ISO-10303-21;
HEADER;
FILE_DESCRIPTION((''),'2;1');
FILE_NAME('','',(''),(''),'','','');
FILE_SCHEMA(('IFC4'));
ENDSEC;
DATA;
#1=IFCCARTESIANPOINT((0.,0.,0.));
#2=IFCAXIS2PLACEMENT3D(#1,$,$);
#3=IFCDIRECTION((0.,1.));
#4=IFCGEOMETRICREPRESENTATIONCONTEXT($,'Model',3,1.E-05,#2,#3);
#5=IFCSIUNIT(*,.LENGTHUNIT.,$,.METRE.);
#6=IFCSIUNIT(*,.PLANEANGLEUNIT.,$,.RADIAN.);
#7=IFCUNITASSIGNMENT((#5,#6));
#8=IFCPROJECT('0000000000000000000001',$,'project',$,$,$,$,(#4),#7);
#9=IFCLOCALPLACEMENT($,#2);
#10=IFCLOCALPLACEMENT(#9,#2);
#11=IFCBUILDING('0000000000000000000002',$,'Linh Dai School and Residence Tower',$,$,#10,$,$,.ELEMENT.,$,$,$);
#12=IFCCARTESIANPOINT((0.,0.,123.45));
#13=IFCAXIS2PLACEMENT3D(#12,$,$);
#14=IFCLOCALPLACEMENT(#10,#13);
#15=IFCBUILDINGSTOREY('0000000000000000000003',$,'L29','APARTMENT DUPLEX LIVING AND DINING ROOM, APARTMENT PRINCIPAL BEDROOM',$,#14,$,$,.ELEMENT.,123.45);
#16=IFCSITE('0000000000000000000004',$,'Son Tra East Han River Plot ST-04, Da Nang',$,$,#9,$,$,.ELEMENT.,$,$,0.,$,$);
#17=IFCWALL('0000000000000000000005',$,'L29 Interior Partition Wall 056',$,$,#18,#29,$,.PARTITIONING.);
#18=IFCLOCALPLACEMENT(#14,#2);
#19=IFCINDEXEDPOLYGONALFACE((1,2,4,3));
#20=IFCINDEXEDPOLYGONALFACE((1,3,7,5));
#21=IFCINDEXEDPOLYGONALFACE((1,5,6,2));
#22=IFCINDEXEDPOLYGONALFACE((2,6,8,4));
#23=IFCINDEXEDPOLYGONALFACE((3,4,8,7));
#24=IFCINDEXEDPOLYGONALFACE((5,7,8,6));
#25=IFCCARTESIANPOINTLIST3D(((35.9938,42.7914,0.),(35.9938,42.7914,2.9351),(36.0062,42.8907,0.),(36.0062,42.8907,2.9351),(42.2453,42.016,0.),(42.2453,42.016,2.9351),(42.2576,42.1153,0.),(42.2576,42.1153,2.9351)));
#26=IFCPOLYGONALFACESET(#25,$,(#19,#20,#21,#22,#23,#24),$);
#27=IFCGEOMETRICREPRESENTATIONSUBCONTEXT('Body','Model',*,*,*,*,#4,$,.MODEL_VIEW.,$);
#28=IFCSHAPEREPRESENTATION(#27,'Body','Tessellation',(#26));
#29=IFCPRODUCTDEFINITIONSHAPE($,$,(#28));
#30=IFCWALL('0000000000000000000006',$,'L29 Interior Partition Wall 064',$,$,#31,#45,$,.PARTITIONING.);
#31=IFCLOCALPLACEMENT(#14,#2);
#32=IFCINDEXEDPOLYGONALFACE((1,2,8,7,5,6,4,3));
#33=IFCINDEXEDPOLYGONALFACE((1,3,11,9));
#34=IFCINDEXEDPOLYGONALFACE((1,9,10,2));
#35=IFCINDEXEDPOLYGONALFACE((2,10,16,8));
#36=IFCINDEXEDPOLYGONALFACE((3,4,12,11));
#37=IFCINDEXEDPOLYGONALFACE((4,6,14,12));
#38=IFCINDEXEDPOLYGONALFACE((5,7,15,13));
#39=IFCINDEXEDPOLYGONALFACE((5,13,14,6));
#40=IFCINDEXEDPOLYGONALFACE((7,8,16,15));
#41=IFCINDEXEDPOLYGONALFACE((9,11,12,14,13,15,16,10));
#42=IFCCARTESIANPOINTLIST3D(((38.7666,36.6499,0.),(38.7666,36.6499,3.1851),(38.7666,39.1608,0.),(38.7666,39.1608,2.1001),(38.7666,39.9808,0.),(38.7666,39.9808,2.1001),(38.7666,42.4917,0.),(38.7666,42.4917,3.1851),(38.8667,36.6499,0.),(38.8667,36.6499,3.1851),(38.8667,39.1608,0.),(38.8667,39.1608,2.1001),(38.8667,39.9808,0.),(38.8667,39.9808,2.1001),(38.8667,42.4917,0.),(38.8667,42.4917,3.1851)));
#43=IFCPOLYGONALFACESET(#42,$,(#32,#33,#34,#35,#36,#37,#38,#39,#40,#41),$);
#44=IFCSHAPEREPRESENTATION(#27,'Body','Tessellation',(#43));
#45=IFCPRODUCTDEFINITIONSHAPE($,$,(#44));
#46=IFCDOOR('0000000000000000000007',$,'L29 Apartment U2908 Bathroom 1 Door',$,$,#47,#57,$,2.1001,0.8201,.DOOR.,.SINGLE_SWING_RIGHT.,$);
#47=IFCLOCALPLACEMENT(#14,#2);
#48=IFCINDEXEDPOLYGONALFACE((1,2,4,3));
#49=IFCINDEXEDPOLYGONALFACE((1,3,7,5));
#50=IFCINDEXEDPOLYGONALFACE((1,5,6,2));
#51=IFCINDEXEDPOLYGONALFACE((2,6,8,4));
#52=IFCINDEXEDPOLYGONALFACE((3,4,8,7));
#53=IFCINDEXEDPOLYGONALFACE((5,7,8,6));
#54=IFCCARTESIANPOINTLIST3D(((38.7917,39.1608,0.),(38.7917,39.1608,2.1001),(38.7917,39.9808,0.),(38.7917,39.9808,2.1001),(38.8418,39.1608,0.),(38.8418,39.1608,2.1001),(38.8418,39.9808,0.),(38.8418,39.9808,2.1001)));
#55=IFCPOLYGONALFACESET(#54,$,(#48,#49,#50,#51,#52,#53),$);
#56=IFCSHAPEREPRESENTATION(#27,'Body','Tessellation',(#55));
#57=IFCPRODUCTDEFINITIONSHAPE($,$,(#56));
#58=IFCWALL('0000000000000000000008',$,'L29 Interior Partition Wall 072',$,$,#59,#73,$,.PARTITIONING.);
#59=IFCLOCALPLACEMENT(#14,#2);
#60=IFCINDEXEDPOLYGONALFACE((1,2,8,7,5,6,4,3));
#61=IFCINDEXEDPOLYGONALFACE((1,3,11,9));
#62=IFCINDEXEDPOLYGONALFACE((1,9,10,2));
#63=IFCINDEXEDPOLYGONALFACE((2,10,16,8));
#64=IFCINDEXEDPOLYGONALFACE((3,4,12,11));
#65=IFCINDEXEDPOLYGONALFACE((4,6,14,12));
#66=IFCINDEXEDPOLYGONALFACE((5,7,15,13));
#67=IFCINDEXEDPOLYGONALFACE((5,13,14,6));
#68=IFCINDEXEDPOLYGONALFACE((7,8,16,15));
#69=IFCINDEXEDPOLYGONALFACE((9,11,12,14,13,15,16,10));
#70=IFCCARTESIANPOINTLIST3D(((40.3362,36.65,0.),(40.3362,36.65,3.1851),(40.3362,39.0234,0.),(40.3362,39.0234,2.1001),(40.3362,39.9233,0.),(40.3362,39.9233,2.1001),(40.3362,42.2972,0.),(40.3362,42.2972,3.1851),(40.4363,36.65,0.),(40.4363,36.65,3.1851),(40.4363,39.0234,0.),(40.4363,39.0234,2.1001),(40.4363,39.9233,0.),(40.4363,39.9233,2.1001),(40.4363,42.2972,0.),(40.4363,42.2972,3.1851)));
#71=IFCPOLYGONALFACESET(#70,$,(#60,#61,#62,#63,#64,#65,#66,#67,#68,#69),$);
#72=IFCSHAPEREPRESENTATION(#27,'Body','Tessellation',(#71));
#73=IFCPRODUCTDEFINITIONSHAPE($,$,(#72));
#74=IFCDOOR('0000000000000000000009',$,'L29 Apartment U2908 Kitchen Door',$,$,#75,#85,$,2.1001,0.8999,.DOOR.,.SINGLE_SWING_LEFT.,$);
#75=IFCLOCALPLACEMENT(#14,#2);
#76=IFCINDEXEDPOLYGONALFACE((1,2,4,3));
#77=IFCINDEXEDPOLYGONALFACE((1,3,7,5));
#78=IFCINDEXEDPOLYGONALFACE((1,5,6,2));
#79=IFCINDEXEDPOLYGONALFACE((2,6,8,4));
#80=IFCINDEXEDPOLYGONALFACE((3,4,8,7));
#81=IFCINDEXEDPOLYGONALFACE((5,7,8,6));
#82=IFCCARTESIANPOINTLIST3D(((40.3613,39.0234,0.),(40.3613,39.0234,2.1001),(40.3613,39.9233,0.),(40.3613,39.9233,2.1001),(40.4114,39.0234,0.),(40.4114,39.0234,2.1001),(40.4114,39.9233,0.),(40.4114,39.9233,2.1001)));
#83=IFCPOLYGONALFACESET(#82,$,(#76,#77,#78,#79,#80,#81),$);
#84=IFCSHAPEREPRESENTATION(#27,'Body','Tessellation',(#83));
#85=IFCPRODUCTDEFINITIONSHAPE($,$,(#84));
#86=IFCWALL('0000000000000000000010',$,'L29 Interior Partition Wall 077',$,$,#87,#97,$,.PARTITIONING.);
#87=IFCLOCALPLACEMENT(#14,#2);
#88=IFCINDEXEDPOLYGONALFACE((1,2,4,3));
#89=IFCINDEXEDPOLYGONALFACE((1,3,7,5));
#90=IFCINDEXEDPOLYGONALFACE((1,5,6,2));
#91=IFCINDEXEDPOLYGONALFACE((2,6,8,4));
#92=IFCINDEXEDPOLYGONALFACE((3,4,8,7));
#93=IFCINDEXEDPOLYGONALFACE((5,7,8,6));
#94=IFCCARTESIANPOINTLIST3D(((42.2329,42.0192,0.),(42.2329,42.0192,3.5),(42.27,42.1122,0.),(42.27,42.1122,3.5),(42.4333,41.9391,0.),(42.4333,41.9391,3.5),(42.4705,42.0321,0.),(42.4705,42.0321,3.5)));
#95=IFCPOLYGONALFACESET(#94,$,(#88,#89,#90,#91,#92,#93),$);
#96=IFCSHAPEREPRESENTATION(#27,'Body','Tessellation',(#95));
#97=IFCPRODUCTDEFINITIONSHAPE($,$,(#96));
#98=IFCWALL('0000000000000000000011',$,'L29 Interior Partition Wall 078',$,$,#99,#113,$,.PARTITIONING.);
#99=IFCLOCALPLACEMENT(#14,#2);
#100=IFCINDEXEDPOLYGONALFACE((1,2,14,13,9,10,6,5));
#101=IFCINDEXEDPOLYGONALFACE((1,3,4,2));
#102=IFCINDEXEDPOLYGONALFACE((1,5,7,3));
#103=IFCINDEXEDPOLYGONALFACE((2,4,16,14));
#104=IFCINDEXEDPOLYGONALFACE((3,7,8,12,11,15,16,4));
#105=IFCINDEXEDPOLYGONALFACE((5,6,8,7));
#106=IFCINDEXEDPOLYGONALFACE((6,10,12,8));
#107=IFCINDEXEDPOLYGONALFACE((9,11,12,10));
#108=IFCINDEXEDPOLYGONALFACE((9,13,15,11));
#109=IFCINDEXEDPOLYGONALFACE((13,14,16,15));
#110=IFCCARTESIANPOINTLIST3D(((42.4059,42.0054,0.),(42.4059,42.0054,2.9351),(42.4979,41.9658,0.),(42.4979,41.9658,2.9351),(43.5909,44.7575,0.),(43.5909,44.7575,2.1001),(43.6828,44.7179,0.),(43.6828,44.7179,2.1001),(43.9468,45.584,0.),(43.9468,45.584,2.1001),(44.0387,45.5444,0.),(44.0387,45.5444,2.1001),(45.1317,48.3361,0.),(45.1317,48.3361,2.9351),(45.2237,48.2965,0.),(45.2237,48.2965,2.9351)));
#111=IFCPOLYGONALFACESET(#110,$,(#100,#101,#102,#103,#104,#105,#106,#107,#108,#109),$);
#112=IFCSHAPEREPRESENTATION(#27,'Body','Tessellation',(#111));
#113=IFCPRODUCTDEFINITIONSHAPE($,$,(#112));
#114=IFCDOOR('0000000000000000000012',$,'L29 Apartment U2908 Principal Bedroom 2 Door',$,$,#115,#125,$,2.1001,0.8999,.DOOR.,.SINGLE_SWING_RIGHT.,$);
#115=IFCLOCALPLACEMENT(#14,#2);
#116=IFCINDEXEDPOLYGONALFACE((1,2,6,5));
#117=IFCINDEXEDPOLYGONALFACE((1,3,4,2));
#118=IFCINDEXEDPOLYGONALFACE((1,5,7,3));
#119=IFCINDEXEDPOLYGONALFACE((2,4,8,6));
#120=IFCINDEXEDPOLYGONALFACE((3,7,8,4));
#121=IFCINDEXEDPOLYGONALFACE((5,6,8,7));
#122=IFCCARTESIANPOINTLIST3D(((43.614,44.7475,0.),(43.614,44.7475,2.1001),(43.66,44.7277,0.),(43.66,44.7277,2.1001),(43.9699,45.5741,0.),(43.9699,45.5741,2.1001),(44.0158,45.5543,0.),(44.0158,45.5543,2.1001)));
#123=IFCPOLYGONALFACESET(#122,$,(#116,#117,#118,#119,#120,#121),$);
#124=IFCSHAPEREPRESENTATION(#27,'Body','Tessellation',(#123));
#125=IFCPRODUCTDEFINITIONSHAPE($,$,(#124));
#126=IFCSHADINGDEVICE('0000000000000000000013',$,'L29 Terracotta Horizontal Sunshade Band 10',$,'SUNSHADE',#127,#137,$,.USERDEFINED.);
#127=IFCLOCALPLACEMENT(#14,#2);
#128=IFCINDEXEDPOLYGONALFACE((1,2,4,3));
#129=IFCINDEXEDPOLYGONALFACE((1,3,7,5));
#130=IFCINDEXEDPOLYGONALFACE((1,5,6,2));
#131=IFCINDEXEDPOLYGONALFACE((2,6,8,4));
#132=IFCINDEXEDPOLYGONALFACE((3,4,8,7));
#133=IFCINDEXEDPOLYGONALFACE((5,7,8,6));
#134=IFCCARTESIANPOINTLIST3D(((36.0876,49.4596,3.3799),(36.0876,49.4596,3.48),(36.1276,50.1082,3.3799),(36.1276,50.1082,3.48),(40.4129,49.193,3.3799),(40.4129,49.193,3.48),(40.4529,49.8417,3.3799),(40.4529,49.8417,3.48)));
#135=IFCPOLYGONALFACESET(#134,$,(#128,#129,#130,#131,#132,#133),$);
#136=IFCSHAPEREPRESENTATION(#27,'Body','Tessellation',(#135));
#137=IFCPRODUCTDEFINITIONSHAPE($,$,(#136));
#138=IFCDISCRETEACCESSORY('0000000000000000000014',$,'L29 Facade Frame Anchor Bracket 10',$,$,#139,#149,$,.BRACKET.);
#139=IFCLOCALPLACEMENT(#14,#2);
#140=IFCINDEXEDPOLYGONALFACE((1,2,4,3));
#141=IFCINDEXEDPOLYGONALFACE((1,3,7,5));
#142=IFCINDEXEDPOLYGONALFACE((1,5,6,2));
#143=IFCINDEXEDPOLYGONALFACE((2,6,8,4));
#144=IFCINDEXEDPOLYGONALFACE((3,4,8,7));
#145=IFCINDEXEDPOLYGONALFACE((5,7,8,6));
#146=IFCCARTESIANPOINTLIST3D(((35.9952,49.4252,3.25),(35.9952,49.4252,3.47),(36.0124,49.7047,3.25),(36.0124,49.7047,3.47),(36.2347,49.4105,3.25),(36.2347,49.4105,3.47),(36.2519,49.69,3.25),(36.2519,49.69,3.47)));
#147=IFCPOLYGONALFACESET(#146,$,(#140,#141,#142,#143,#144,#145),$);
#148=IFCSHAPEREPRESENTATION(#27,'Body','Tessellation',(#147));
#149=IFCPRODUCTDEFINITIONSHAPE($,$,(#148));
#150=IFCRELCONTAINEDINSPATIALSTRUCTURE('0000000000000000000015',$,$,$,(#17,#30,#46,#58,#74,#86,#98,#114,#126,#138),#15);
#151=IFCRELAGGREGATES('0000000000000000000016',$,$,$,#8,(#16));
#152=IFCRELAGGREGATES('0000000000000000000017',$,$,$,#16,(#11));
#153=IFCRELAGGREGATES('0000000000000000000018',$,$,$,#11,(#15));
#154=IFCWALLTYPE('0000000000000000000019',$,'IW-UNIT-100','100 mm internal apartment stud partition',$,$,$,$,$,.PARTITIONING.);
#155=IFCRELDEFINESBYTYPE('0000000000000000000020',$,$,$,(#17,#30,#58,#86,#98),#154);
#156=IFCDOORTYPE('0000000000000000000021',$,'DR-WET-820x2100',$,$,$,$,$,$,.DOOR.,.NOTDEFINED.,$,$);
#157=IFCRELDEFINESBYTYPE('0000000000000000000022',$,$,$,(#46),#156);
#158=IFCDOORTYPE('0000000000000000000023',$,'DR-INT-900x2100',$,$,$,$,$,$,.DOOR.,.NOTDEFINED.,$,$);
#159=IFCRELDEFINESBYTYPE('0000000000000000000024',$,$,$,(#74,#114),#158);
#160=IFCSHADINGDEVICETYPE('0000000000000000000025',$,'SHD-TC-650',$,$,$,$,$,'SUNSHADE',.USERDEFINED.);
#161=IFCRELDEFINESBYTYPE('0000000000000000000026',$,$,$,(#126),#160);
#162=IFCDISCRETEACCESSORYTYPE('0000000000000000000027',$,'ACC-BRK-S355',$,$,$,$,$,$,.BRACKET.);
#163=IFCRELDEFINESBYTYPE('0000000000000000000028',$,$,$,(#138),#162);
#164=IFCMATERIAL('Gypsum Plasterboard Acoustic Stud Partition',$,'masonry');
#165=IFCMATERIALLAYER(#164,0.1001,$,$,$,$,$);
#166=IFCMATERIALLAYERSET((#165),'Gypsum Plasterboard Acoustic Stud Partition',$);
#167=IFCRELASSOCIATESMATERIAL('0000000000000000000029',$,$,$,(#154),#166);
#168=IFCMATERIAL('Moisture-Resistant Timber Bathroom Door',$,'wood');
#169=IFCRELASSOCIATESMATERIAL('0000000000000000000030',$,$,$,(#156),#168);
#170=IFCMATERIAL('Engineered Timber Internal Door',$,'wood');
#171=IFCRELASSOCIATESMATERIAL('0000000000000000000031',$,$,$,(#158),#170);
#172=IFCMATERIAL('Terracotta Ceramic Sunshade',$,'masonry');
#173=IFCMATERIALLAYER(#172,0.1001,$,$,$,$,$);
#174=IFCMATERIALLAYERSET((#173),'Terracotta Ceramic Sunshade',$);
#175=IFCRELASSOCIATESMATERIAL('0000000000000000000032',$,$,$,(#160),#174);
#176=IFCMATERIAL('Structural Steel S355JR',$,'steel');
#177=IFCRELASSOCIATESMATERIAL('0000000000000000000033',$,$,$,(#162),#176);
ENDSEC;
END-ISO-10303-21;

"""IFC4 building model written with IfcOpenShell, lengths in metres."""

from ifc_helpers import new_model, si_unit, direction, frame, frame_2d, origin, origin_2d, place, context, subcontext, project, spatial, rectangle, extrude, source, transform, mapped, material, layer, layer_set, type_object, element, fill, save


model = new_model("IFC4")

# Units and contexts
model_context = context("Model", 3, precision=1e-05, world=origin(), true_north=direction((0.0, 1.0)))
body_context = subcontext(model_context, "Body", "Model", "MODEL_VIEW")
ifc_project = project(units=[si_unit("LENGTHUNIT", "METRE"), si_unit("PLANEANGLEUNIT", "RADIAN")], contexts=[model_context])

# Site, building, storey
site_placement = place(None, origin())
site = spatial("IfcSite", under=ifc_project, at=site_placement, Name="Son Tra East Han River Plot ST-04, Da Nang", CompositionType="ELEMENT", RefElevation=0.0)
building_placement = place(site_placement, origin())
building = spatial("IfcBuilding", under=site, at=building_placement, Name="Linh Dai School and Residence Tower", CompositionType="ELEMENT")
storey_placement = place(building_placement, frame((0.0, 0.0, 123.45)))
storey = spatial("IfcBuildingStorey", under=building, at=storey_placement, Name="L29", Description="APARTMENT DUPLEX LIVING AND DINING ROOM, APARTMENT PRINCIPAL BEDROOM", CompositionType="ELEMENT", Elevation=123.45)

# Shared definitions
ifc_material_1 = material(Name="Structural Steel S355JR", Category="steel")

# Wall
ifc_material_2 = material(Name="Gypsum Plasterboard Acoustic Stud Partition", Category="masonry")
ifc_layer_1 = layer(ifc_material_2, 0.1001)
ifc_layer_set_1 = layer_set([ifc_layer_1], Name="Gypsum Plasterboard Acoustic Stud Partition")
wall_type_1 = type_object("IfcWallType", Name="IW-UNIT-100", Description="100 mm internal apartment stud partition", PredefinedType="PARTITIONING", material=ifc_layer_set_1)
wall_1_placement = place(storey_placement, frame((36.0, 42.8411, 0.0), z_axis=(0.0, 0.0, 1.0), x_axis=(0.992395, -0.12309, 0.0)))
element("IfcWall", 1, at=wall_1_placement, inside=storey, type_object=wall_type_1, Name="L29 Interior Partition Wall 056", PredefinedType="PARTITIONING", context=body_context, shape_type="SweptSolid", body=[
    extrude(rectangle(XDim=6.2993, YDim=0.1001, at=frame_2d((3.1497, 0.0))), origin(), (0.0, 0.0, 1.0), 2.9351),
])

# Walls, openings, doors
wall_2_placement = place(storey_placement, frame((38.8167, 36.6499, 0.0), z_axis=(0.0, 0.0, 1.0), x_axis=(0.0, 1.0, 0.0)))
wall_2 = element("IfcWall", 2, at=wall_2_placement, inside=storey, type_object=wall_type_1, Name="L29 Interior Partition Wall 064", PredefinedType="PARTITIONING", context=body_context, shape_type="SweptSolid", body=[
    extrude(rectangle(XDim=5.8418, YDim=0.1001, at=frame_2d((2.9209, 0.0))), origin(), (0.0, 0.0, 1.0), 3.1851),
])
opening_1_placement = place(wall_2_placement, frame((2.5107, 0.0, 0.0)))
opening_1 = element("IfcOpeningElement", 3, at=opening_1_placement, cuts=wall_2, PredefinedType="OPENING", context=body_context, shape_type="SweptSolid", body=[
    extrude(rectangle(XDim=0.8201, YDim=2.1001, at=origin_2d()), frame((0.4102, 0.0601, 1.05), z_axis=(0.0, -1.0, 0.0), x_axis=(1.0, 0.0, 0.0)), (0.0, 0.0, 1.0), 0.1201),
])
ifc_material_3 = material(Name="Moisture-Resistant Timber Bathroom Door", Category="wood")
door_type_1 = type_object("IfcDoorType", Name="DR-WET-820x2100", OperationType="NOTDEFINED", PredefinedType="DOOR", material=ifc_material_3)
shared_shape_1 = source(origin(), body_context, "Body", "SweptSolid", [
    extrude(rectangle(XDim=0.8201, YDim=2.1001, at=origin_2d()), frame((0.4102, 0.0249, 1.05), z_axis=(0.0, -1.0, 0.0), x_axis=(1.0, 0.0, 0.0)), (0.0, 0.0, 1.0), 0.05),
])
door_1_placement = place(opening_1_placement, origin())
door_1 = element("IfcDoor", 4, at=door_1_placement, inside=storey, type_object=door_type_1, Name="L29 Apartment U2908 Bathroom 1 Door", OperationType="SINGLE_SWING_RIGHT", OverallHeight=2.1001, OverallWidth=0.8201, PredefinedType="DOOR", context=body_context, shape_type="MappedRepresentation", body=[
    mapped(shared_shape_1, transform((0.0, 0.0, 0.0), x_axis=(1.0, 0.0, 0.0), y_axis=(0.0, 1.0, 0.0), z_axis=(0.0, 0.0, 1.0), scale=1.0)),
])
fill(opening_1, door_1)
wall_3_placement = place(storey_placement, frame((40.3862, 36.6499, 0.0), z_axis=(0.0, 0.0, 1.0), x_axis=(0.0, 1.0, 0.0)))
wall_3 = element("IfcWall", 5, at=wall_3_placement, inside=storey, type_object=wall_type_1, Name="L29 Interior Partition Wall 072", PredefinedType="PARTITIONING", context=body_context, shape_type="SweptSolid", body=[
    extrude(rectangle(XDim=5.6472, YDim=0.1001, at=frame_2d((2.8237, 0.0))), origin(), (0.0, 0.0, 1.0), 3.1851),
])
opening_2_placement = place(wall_3_placement, frame((2.3735, 0.0, 0.0)))
opening_2 = element("IfcOpeningElement", 6, at=opening_2_placement, cuts=wall_3, PredefinedType="OPENING", context=body_context, shape_type="SweptSolid", body=[
    extrude(rectangle(XDim=0.8999, YDim=2.1001, at=origin_2d()), frame((0.45, 0.0601, 1.05), z_axis=(0.0, -1.0, 0.0), x_axis=(1.0, 0.0, 0.0)), (0.0, 0.0, 1.0), 0.1201),
])
ifc_material_4 = material(Name="Engineered Timber Internal Door", Category="wood")
door_type_2 = type_object("IfcDoorType", Name="DR-INT-900x2100", OperationType="NOTDEFINED", PredefinedType="DOOR", material=ifc_material_4)
shared_shape_2 = source(origin(), body_context, "Body", "SweptSolid", [
    extrude(rectangle(XDim=0.8999, YDim=2.1001, at=origin_2d()), frame((0.45, 0.0249, 1.05), z_axis=(0.0, -1.0, 0.0), x_axis=(1.0, 0.0, 0.0)), (0.0, 0.0, 1.0), 0.05),
])
door_2_placement = place(opening_2_placement, origin())
door_2 = element("IfcDoor", 7, at=door_2_placement, inside=storey, type_object=door_type_2, Name="L29 Apartment U2908 Kitchen Door", OperationType="SINGLE_SWING_LEFT", OverallHeight=2.1001, OverallWidth=0.8999, PredefinedType="DOOR", context=body_context, shape_type="MappedRepresentation", body=[
    mapped(shared_shape_2, transform((0.0, 0.0, 0.0), x_axis=(1.0, 0.0, 0.0), y_axis=(0.0, 1.0, 0.0), z_axis=(0.0, 0.0, 1.0), scale=1.0)),
])
fill(opening_2, door_2)

# Wall
wall_4_placement = place(storey_placement, frame((42.2515, 42.0657, 0.0), z_axis=(0.0, 0.0, 1.0), x_axis=(0.928633, -0.371001, 0.0)))
element("IfcWall", 8, at=wall_4_placement, inside=storey, type_object=wall_type_1, Name="L29 Interior Partition Wall 077", PredefinedType="PARTITIONING", context=body_context, shape_type="SweptSolid", body=[
    extrude(rectangle(XDim=0.2158, YDim=0.1001, at=frame_2d((0.1079, 0.0))), origin(), (0.0, 0.0, 1.0), 3.5),
])

# Wall, opening, door
wall_5_placement = place(storey_placement, frame((42.4519, 41.9856, 0.0), z_axis=(0.0, 0.0, 1.0), x_axis=(0.395466, 0.918481, 0.0)))
wall_5 = element("IfcWall", 9, at=wall_5_placement, inside=storey, type_object=wall_type_1, Name="L29 Interior Partition Wall 078", PredefinedType="PARTITIONING", context=body_context, shape_type="SweptSolid", body=[
    extrude(rectangle(XDim=6.8926, YDim=0.1001, at=frame_2d((3.4463, 0.0))), origin(), (0.0, 0.0, 1.0), 2.9351),
])
opening_3_placement = place(wall_5_placement, frame((2.9963, 0.0, 0.0)))
opening_3 = element("IfcOpeningElement", 10, at=opening_3_placement, cuts=wall_5, PredefinedType="OPENING", context=body_context, shape_type="SweptSolid", body=[
    extrude(rectangle(XDim=0.8999, YDim=2.1001, at=origin_2d()), frame((0.45, 0.0601, 1.05), z_axis=(0.0, -1.0, 0.0), x_axis=(1.0, 0.0, 0.0)), (0.0, 0.0, 1.0), 0.1201),
])
door_3_placement = place(opening_3_placement, origin())
door_3 = element("IfcDoor", 11, at=door_3_placement, inside=storey, type_object=door_type_2, Name="L29 Apartment U2908 Principal Bedroom 2 Door", OperationType="SINGLE_SWING_RIGHT", OverallHeight=2.1001, OverallWidth=0.8999, PredefinedType="DOOR", context=body_context, shape_type="MappedRepresentation", body=[
    mapped(shared_shape_2, transform((0.0, 0.0, 0.0), x_axis=(1.0, 0.0, 0.0), y_axis=(0.0, 1.0, 0.0), z_axis=(0.0, 0.0, 1.0), scale=1.0)),
])
fill(opening_3, door_3)

# Shading device
ifc_material_5 = material(Name="Terracotta Ceramic Sunshade", Category="masonry")
ifc_layer_2 = layer(ifc_material_5, 0.1001)
ifc_layer_set_2 = layer_set([ifc_layer_2], Name="Terracotta Ceramic Sunshade")
shading_device_type = type_object("IfcShadingDeviceType", Name="SHD-TC-650", ElementType="SUNSHADE", PredefinedType="USERDEFINED", material=ifc_layer_set_2)
shared_shape_3 = source(origin(), body_context, "Body", "SweptSolid", [
    extrude(rectangle(XDim=4.3335, YDim=0.6499, at=origin_2d()), origin(), (0.0, 0.0, 1.0), 0.1001),
])
shading_device_placement = place(storey_placement, frame((38.2703, 49.6506, 3.3799), z_axis=(0.0, 0.0, 1.0), x_axis=(0.998107, -0.061509, 0.0)))
element("IfcShadingDevice", 12, at=shading_device_placement, inside=storey, type_object=shading_device_type, Name="L29 Terracotta Horizontal Sunshade Band 10", ObjectType="SUNSHADE", PredefinedType="USERDEFINED", context=body_context, shape_type="MappedRepresentation", body=[
    mapped(shared_shape_3, transform((0.0, 0.0, 0.0), x_axis=(1.0, 0.0, 0.0), y_axis=(0.0, 1.0, 0.0), z_axis=(0.0, 0.0, 1.0), scale=1.0)),
])

# Discrete accessory
discrete_accessory_type = type_object("IfcDiscreteAccessoryType", Name="ACC-BRK-S355", PredefinedType="BRACKET", material=ifc_material_1)
shared_shape_4 = source(origin(), body_context, "Body", "SweptSolid", [
    extrude(rectangle(XDim=0.28, YDim=0.24, at=origin_2d()), origin(), (0.0, 0.0, 1.0), 0.22),
])
discrete_accessory_placement = place(storey_placement, frame((36.1235, 49.5576, 3.25), z_axis=(0.0, 0.0, 1.0), x_axis=(0.061509, 0.998107, 0.0)))
element("IfcDiscreteAccessory", 13, at=discrete_accessory_placement, inside=storey, type_object=discrete_accessory_type, Name="L29 Facade Frame Anchor Bracket 10", PredefinedType="BRACKET", context=body_context, shape_type="MappedRepresentation", body=[
    mapped(shared_shape_4, transform((0.0, 0.0, 0.0), x_axis=(1.0, 0.0, 0.0), y_axis=(0.0, 1.0, 0.0), z_axis=(0.0, 0.0, 1.0), scale=1.0)),
])

save(model, "model.ifc")
